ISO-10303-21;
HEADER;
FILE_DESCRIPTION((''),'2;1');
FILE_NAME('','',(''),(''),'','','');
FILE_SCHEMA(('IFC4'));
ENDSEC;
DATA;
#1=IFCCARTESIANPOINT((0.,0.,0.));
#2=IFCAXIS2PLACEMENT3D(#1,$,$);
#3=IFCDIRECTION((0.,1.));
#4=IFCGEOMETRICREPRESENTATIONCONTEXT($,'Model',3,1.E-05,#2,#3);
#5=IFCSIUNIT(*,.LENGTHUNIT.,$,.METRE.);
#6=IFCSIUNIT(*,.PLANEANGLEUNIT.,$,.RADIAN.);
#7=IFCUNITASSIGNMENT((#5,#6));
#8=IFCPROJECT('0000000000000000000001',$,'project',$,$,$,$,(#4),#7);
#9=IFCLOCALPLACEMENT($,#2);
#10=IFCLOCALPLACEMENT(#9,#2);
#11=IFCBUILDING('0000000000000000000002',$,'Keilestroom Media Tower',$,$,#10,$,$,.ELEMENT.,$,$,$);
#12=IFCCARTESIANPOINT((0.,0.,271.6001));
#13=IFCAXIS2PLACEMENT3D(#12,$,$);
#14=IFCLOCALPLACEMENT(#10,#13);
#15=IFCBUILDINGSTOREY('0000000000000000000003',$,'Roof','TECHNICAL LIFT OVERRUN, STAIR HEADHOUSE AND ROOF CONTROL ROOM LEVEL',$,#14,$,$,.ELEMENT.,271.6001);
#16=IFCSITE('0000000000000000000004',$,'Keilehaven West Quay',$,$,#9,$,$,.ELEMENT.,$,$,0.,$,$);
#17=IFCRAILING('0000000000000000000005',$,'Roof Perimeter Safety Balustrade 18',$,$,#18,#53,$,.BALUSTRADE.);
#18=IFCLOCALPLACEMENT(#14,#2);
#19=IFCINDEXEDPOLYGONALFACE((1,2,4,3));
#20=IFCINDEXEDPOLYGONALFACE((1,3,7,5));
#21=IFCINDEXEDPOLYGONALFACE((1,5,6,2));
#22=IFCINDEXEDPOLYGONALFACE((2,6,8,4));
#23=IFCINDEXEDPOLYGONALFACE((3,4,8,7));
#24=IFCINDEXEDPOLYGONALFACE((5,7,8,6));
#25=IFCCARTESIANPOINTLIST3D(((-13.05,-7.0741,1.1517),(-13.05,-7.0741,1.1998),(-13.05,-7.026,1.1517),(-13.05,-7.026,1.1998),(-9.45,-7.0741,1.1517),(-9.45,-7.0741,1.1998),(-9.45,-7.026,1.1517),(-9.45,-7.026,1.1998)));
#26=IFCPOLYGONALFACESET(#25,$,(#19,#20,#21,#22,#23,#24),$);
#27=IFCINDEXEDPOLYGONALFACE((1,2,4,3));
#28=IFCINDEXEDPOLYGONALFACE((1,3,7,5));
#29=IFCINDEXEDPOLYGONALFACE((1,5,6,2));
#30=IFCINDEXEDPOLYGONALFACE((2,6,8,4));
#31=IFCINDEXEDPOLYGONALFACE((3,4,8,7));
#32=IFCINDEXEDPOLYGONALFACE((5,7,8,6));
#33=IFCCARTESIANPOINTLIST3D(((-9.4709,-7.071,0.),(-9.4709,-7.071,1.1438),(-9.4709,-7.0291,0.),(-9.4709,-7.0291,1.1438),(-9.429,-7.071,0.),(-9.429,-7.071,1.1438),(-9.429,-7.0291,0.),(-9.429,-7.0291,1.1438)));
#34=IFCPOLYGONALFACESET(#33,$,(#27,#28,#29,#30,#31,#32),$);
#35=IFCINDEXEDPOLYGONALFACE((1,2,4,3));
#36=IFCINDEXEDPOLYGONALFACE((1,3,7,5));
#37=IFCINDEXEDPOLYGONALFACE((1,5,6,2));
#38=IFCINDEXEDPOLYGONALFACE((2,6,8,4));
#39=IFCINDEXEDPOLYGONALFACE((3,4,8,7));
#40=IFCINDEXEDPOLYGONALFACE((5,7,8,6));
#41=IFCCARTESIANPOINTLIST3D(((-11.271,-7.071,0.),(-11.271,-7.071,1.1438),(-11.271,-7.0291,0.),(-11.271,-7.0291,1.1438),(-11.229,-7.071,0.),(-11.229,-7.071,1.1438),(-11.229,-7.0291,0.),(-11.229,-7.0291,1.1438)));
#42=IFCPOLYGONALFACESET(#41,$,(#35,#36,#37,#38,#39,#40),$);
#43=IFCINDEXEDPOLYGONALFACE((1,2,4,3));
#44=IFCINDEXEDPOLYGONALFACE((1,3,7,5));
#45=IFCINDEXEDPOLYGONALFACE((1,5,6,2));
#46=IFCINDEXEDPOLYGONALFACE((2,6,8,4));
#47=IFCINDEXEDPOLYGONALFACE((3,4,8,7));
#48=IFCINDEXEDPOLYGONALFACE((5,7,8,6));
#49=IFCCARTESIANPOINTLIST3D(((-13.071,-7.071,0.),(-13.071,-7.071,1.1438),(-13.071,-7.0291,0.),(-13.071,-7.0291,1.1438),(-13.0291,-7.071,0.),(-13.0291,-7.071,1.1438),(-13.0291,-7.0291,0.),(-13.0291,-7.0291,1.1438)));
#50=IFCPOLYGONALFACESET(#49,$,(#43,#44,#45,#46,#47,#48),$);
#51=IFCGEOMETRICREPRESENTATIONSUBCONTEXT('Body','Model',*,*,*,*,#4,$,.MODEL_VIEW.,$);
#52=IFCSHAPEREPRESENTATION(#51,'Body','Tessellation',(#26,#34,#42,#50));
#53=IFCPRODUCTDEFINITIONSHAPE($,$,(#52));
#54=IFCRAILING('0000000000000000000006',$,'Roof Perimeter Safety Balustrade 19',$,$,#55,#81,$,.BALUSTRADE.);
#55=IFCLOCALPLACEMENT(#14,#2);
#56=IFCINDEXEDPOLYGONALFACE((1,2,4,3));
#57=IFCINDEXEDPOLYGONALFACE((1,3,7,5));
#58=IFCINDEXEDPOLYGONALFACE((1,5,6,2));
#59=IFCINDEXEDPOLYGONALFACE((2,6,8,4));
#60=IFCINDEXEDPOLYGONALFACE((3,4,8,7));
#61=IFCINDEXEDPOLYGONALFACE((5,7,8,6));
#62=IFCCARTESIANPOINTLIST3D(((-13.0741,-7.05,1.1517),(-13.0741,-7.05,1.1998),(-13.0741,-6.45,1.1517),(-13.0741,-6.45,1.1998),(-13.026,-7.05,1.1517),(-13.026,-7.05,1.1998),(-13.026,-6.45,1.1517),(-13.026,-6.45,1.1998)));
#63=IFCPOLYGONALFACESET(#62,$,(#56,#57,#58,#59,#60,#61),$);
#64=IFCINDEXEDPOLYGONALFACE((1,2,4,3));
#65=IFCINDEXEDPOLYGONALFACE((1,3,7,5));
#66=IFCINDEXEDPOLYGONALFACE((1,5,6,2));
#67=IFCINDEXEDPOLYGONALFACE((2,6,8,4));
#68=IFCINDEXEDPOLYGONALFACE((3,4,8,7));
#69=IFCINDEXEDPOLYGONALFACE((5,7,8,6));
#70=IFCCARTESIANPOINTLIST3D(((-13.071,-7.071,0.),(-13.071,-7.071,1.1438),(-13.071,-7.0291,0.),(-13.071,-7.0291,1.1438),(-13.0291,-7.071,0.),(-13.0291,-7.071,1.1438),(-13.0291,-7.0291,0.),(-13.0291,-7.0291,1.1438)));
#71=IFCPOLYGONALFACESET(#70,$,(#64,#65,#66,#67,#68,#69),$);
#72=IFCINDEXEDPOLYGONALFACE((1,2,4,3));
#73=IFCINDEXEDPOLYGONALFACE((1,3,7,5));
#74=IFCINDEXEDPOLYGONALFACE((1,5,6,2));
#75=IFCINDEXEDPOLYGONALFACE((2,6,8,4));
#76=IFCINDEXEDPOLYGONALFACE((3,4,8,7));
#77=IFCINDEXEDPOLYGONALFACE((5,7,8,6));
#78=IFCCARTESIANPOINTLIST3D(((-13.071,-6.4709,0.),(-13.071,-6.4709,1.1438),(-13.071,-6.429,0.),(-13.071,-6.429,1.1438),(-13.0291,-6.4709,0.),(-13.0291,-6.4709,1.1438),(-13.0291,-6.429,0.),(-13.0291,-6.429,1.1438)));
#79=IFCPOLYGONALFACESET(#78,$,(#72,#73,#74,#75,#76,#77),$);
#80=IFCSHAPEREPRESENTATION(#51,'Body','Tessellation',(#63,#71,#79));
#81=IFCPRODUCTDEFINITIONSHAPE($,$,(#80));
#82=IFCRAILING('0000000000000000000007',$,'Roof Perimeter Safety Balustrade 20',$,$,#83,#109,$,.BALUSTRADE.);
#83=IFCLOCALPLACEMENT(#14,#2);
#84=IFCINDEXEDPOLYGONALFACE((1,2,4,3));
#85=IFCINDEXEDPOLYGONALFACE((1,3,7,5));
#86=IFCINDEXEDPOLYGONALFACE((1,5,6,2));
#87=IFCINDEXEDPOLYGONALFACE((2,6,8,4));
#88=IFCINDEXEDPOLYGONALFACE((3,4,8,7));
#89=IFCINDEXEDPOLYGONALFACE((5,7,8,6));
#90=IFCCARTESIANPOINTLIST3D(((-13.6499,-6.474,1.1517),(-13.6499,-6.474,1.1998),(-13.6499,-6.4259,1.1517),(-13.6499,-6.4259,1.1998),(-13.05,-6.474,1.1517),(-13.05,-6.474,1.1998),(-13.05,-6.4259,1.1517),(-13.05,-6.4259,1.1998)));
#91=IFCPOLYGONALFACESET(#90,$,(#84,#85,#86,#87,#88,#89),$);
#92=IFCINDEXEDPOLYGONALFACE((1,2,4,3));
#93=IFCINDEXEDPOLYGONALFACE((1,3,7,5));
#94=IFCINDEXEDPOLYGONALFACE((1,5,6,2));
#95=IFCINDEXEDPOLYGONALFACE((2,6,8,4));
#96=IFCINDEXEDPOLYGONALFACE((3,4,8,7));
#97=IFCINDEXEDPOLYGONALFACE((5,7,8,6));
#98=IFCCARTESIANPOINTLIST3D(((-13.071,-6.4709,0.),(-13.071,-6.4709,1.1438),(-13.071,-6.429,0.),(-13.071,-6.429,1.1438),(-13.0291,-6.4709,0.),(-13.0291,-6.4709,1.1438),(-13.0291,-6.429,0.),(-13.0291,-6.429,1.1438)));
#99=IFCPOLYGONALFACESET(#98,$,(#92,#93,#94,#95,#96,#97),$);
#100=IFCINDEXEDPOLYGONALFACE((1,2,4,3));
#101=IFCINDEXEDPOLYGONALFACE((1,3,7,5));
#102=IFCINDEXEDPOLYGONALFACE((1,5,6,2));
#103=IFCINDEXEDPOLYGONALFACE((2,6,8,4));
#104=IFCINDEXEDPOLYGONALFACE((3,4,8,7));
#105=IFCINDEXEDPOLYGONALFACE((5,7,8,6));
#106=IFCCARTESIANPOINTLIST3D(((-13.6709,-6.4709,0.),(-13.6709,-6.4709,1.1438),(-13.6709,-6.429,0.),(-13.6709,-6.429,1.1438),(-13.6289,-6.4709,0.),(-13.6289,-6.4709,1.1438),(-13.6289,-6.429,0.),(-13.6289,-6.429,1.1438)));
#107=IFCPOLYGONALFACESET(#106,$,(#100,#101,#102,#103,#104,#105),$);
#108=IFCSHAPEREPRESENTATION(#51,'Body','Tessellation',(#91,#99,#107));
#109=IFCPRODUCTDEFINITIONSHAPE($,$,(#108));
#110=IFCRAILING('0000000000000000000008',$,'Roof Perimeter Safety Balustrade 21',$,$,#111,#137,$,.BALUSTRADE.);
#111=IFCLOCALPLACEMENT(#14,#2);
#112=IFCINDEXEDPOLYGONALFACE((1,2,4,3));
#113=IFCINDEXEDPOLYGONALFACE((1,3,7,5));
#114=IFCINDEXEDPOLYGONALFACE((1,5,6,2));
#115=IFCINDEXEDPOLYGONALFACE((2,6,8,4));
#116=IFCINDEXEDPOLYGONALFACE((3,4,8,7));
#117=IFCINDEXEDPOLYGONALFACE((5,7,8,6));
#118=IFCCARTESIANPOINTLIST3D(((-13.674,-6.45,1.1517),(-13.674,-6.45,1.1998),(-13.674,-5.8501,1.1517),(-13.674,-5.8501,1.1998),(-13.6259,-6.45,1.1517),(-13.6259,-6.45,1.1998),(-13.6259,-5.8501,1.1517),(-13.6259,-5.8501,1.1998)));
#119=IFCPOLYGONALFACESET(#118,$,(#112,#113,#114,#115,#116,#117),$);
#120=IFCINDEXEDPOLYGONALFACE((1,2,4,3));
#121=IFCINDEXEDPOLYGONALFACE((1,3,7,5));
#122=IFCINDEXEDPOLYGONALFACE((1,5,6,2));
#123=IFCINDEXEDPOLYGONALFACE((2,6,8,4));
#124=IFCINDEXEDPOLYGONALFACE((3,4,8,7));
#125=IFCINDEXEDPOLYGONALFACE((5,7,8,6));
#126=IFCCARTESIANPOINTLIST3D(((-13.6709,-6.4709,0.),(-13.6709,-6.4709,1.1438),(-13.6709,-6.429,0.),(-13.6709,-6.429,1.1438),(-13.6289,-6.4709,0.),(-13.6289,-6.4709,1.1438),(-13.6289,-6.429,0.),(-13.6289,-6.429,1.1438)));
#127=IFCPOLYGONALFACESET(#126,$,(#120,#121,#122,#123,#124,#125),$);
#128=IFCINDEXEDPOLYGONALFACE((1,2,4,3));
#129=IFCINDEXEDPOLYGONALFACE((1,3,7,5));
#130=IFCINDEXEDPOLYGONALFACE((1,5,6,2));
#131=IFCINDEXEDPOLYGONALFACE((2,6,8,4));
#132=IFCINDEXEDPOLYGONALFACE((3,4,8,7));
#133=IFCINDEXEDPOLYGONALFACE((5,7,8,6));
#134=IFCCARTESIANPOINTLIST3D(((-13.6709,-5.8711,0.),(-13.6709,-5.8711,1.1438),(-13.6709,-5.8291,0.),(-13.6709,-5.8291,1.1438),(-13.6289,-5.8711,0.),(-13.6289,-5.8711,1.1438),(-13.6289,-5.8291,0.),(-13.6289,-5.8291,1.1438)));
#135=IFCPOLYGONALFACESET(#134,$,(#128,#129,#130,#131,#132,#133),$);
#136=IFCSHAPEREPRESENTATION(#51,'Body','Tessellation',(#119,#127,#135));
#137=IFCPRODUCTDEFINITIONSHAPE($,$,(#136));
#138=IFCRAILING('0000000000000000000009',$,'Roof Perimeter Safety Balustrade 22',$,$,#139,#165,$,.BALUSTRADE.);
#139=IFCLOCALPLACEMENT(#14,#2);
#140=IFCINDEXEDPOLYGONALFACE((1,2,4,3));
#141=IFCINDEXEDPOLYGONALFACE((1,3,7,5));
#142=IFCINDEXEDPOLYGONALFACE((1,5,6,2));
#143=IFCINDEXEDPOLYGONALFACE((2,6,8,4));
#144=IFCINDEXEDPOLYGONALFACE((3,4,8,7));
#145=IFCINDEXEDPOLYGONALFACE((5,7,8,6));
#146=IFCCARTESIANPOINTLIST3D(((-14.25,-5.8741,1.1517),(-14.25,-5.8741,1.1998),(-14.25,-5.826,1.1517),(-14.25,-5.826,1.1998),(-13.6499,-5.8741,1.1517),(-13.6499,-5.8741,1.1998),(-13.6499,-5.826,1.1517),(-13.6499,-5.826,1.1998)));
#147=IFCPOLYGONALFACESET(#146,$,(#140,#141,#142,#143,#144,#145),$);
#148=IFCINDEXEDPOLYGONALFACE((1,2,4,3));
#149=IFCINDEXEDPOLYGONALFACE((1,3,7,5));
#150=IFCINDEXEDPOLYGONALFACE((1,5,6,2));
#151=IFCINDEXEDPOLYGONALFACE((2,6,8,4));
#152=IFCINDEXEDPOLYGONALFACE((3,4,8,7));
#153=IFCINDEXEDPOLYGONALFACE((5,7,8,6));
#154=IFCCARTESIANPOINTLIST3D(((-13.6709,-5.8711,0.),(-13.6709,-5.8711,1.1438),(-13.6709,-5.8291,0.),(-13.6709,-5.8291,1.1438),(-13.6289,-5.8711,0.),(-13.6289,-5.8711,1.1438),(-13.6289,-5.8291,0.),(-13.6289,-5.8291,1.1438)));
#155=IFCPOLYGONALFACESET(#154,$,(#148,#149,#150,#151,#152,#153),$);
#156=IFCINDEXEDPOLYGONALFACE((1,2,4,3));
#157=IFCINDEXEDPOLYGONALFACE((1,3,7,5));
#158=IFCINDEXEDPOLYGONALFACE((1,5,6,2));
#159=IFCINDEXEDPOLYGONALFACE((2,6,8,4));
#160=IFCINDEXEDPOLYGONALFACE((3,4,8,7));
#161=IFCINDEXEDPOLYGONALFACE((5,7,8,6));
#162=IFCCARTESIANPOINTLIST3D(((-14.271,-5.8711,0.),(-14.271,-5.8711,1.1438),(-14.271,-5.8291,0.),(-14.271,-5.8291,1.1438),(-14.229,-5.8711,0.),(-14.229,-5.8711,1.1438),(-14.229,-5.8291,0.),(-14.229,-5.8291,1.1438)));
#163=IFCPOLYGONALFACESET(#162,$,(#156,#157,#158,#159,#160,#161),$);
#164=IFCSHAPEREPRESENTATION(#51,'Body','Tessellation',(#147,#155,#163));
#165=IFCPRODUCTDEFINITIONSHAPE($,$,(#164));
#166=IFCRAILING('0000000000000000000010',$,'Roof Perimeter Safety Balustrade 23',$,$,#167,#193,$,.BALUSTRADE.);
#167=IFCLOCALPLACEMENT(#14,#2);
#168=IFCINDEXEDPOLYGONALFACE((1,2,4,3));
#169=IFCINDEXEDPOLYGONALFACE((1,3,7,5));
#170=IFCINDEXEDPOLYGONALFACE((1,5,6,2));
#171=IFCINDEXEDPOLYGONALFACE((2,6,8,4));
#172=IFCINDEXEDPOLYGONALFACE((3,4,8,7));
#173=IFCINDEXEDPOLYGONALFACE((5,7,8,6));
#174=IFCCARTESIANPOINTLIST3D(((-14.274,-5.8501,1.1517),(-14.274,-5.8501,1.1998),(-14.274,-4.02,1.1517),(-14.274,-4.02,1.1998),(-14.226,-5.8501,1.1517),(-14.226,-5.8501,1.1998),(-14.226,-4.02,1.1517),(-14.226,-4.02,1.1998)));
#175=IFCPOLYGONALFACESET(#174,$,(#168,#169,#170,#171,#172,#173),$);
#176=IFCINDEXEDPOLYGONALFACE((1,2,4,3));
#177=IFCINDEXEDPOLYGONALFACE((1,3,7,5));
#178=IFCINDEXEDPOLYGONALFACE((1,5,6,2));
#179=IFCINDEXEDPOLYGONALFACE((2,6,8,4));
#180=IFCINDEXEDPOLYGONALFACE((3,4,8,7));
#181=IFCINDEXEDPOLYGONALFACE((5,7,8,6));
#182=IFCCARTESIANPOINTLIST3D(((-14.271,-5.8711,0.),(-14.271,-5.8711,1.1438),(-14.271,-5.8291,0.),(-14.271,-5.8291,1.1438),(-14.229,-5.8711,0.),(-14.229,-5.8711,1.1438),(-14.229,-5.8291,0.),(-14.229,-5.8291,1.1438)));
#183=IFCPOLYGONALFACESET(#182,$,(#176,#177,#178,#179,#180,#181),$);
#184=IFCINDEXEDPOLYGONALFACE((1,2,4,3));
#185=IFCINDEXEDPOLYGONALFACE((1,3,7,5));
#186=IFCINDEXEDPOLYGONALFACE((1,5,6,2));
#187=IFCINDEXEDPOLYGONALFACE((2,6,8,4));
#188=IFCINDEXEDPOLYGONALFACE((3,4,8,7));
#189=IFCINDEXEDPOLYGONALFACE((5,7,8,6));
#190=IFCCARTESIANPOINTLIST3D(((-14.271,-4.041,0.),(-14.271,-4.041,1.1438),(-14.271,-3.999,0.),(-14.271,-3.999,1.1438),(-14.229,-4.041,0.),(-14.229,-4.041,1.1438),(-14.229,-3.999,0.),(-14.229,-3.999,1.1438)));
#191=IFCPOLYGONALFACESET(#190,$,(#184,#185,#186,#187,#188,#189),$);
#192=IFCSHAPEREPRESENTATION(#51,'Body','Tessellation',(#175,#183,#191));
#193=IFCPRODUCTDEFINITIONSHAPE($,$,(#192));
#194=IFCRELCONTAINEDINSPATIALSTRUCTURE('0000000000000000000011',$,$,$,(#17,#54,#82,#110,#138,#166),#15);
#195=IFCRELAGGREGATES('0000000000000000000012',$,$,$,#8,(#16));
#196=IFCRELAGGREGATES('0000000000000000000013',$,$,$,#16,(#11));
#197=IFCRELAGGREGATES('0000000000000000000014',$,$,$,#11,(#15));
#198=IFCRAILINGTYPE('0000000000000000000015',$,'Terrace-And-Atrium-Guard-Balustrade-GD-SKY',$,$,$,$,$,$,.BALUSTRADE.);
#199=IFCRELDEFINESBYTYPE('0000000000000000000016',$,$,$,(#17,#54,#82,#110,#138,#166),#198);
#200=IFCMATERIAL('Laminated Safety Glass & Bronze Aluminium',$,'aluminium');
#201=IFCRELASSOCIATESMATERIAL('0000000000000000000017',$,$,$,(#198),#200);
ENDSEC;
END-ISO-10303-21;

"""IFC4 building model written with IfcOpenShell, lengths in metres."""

from ifc_helpers import new_model, si_unit, direction, frame, origin, origin_2d, place, context, subcontext, project, spatial, rectangle, extrude, material, type_object, element, save


model = new_model("IFC4")

# Units and contexts
model_context = context("Model", 3, precision=1e-05, world=origin(), true_north=direction((0.0, 1.0)))
body_context = subcontext(model_context, "Body", "Model", "MODEL_VIEW")
ifc_project = project(units=[si_unit("LENGTHUNIT", "METRE"), si_unit("PLANEANGLEUNIT", "RADIAN")], contexts=[model_context])

# Site, building, storey
site_placement = place(None, origin())
site = spatial("IfcSite", under=ifc_project, at=site_placement, Name="Keilehaven West Quay", CompositionType="ELEMENT", RefElevation=0.0)
building_placement = place(site_placement, origin())
building = spatial("IfcBuilding", under=site, at=building_placement, Name="Keilestroom Media Tower", CompositionType="ELEMENT")
storey_placement = place(building_placement, frame((0.0, 0.0, 271.6001)))
storey = spatial("IfcBuildingStorey", under=building, at=storey_placement, Name="Roof", Description="TECHNICAL LIFT OVERRUN, STAIR HEADHOUSE AND ROOF CONTROL ROOM LEVEL", CompositionType="ELEMENT", Elevation=271.6001)

# Railings
ifc_material_1 = material(Name="Laminated Safety Glass & Bronze Aluminium", Category="aluminium")
railing_type_1 = type_object("IfcRailingType", Name="Terrace-And-Atrium-Guard-Balustrade-GD-SKY", PredefinedType="BALUSTRADE", material=ifc_material_1)
railing_1_placement = place(storey_placement, frame((-9.45, -7.05, 0.0)))
element("IfcRailing", 1, at=railing_1_placement, inside=storey, type_object=railing_type_1, Name="Roof Perimeter Safety Balustrade 18", PredefinedType="BALUSTRADE", context=body_context, shape_type="SweptSolid", body=[
    extrude(rectangle(XDim=0.0481, YDim=0.0481, at=origin_2d()), frame((0.0, 0.0, 1.1758), z_axis=(-1.0, 0.0, 0.0), x_axis=(0.0, -1.0, 0.0)), (0.0, 0.0, 1.0), 3.6001),
    extrude(rectangle(XDim=0.042, YDim=0.042, at=origin_2d()), origin(), (0.0, 0.0, 1.0), 1.1438),
    extrude(rectangle(XDim=0.042, YDim=0.042, at=origin_2d()), frame((-1.8, 0.0, 0.0)), (0.0, 0.0, 1.0), 1.1438),
    extrude(rectangle(XDim=0.042, YDim=0.042, at=origin_2d()), frame((-3.6001, 0.0, 0.0)), (0.0, 0.0, 1.0), 1.1438),
])
railing_2_placement = place(storey_placement, frame((-13.05, -7.05, 0.0)))
element("IfcRailing", 2, at=railing_2_placement, inside=storey, type_object=railing_type_1, Name="Roof Perimeter Safety Balustrade 19", PredefinedType="BALUSTRADE", context=body_context, shape_type="SweptSolid", body=[
    extrude(rectangle(XDim=0.0481, YDim=0.0481, at=origin_2d()), frame((0.0, 0.0, 1.1758), z_axis=(0.0, 1.0, 0.0), x_axis=(-1.0, 0.0, 0.0)), (0.0, 0.0, 1.0), 0.6001),
    extrude(rectangle(XDim=0.042, YDim=0.042, at=origin_2d()), origin(), (0.0, 0.0, 1.0), 1.1438),
    extrude(rectangle(XDim=0.042, YDim=0.042, at=origin_2d()), frame((0.0, 0.6001, 0.0)), (0.0, 0.0, 1.0), 1.1438),
])
railing_3_placement = place(storey_placement, frame((-13.05, -6.45, 0.0)))
element("IfcRailing", 3, at=railing_3_placement, inside=storey, type_object=railing_type_1, Name="Roof Perimeter Safety Balustrade 20", PredefinedType="BALUSTRADE", context=body_context, shape_type="SweptSolid", body=[
    extrude(rectangle(XDim=0.0481, YDim=0.0481, at=origin_2d()), frame((0.0, 0.0, 1.1758), z_axis=(-1.0, 0.0, 0.0), x_axis=(0.0, -1.0, 0.0)), (0.0, 0.0, 1.0), 0.5999),
    extrude(rectangle(XDim=0.042, YDim=0.042, at=origin_2d()), origin(), (0.0, 0.0, 1.0), 1.1438),
    extrude(rectangle(XDim=0.042, YDim=0.042, at=origin_2d()), frame((-0.5999, 0.0, 0.0)), (0.0, 0.0, 1.0), 1.1438),
])
railing_4_placement = place(storey_placement, frame((-13.6499, -6.45, 0.0)))
element("IfcRailing", 4, at=railing_4_placement, inside=storey, type_object=railing_type_1, Name="Roof Perimeter Safety Balustrade 21", PredefinedType="BALUSTRADE", context=body_context, shape_type="SweptSolid", body=[
    extrude(rectangle(XDim=0.0481, YDim=0.0481, at=origin_2d()), frame((0.0, 0.0, 1.1758), z_axis=(0.0, 1.0, 0.0), x_axis=(-1.0, 0.0, 0.0)), (0.0, 0.0, 1.0), 0.5999),
    extrude(rectangle(XDim=0.042, YDim=0.042, at=origin_2d()), origin(), (0.0, 0.0, 1.0), 1.1438),
    extrude(rectangle(XDim=0.042, YDim=0.042, at=origin_2d()), frame((0.0, 0.5999, 0.0)), (0.0, 0.0, 1.0), 1.1438),
])
railing_5_placement = place(storey_placement, frame((-13.6499, -5.8501, 0.0)))
element("IfcRailing", 5, at=railing_5_placement, inside=storey, type_object=railing_type_1, Name="Roof Perimeter Safety Balustrade 22", PredefinedType="BALUSTRADE", context=body_context, shape_type="SweptSolid", body=[
    extrude(rectangle(XDim=0.0481, YDim=0.0481, at=origin_2d()), frame((0.0, 0.0, 1.1758), z_axis=(-1.0, 0.0, 0.0), x_axis=(0.0, -1.0, 0.0)), (0.0, 0.0, 1.0), 0.6001),
    extrude(rectangle(XDim=0.042, YDim=0.042, at=origin_2d()), origin(), (0.0, 0.0, 1.0), 1.1438),
    extrude(rectangle(XDim=0.042, YDim=0.042, at=origin_2d()), frame((-0.6001, 0.0, 0.0)), (0.0, 0.0, 1.0), 1.1438),
])
railing_6_placement = place(storey_placement, frame((-14.25, -5.8501, 0.0)))
element("IfcRailing", 6, at=railing_6_placement, inside=storey, type_object=railing_type_1, Name="Roof Perimeter Safety Balustrade 23", PredefinedType="BALUSTRADE", context=body_context, shape_type="SweptSolid", body=[
    extrude(rectangle(XDim=0.0481, YDim=0.0481, at=origin_2d()), frame((0.0, 0.0, 1.1758), z_axis=(0.0, 1.0, 0.0), x_axis=(-1.0, 0.0, 0.0)), (0.0, 0.0, 1.0), 1.8301),
    extrude(rectangle(XDim=0.042, YDim=0.042, at=origin_2d()), origin(), (0.0, 0.0, 1.0), 1.1438),
    extrude(rectangle(XDim=0.042, YDim=0.042, at=origin_2d()), frame((0.0, 1.8301, 0.0)), (0.0, 0.0, 1.0), 1.1438),
])

save(model, "model.ifc")
